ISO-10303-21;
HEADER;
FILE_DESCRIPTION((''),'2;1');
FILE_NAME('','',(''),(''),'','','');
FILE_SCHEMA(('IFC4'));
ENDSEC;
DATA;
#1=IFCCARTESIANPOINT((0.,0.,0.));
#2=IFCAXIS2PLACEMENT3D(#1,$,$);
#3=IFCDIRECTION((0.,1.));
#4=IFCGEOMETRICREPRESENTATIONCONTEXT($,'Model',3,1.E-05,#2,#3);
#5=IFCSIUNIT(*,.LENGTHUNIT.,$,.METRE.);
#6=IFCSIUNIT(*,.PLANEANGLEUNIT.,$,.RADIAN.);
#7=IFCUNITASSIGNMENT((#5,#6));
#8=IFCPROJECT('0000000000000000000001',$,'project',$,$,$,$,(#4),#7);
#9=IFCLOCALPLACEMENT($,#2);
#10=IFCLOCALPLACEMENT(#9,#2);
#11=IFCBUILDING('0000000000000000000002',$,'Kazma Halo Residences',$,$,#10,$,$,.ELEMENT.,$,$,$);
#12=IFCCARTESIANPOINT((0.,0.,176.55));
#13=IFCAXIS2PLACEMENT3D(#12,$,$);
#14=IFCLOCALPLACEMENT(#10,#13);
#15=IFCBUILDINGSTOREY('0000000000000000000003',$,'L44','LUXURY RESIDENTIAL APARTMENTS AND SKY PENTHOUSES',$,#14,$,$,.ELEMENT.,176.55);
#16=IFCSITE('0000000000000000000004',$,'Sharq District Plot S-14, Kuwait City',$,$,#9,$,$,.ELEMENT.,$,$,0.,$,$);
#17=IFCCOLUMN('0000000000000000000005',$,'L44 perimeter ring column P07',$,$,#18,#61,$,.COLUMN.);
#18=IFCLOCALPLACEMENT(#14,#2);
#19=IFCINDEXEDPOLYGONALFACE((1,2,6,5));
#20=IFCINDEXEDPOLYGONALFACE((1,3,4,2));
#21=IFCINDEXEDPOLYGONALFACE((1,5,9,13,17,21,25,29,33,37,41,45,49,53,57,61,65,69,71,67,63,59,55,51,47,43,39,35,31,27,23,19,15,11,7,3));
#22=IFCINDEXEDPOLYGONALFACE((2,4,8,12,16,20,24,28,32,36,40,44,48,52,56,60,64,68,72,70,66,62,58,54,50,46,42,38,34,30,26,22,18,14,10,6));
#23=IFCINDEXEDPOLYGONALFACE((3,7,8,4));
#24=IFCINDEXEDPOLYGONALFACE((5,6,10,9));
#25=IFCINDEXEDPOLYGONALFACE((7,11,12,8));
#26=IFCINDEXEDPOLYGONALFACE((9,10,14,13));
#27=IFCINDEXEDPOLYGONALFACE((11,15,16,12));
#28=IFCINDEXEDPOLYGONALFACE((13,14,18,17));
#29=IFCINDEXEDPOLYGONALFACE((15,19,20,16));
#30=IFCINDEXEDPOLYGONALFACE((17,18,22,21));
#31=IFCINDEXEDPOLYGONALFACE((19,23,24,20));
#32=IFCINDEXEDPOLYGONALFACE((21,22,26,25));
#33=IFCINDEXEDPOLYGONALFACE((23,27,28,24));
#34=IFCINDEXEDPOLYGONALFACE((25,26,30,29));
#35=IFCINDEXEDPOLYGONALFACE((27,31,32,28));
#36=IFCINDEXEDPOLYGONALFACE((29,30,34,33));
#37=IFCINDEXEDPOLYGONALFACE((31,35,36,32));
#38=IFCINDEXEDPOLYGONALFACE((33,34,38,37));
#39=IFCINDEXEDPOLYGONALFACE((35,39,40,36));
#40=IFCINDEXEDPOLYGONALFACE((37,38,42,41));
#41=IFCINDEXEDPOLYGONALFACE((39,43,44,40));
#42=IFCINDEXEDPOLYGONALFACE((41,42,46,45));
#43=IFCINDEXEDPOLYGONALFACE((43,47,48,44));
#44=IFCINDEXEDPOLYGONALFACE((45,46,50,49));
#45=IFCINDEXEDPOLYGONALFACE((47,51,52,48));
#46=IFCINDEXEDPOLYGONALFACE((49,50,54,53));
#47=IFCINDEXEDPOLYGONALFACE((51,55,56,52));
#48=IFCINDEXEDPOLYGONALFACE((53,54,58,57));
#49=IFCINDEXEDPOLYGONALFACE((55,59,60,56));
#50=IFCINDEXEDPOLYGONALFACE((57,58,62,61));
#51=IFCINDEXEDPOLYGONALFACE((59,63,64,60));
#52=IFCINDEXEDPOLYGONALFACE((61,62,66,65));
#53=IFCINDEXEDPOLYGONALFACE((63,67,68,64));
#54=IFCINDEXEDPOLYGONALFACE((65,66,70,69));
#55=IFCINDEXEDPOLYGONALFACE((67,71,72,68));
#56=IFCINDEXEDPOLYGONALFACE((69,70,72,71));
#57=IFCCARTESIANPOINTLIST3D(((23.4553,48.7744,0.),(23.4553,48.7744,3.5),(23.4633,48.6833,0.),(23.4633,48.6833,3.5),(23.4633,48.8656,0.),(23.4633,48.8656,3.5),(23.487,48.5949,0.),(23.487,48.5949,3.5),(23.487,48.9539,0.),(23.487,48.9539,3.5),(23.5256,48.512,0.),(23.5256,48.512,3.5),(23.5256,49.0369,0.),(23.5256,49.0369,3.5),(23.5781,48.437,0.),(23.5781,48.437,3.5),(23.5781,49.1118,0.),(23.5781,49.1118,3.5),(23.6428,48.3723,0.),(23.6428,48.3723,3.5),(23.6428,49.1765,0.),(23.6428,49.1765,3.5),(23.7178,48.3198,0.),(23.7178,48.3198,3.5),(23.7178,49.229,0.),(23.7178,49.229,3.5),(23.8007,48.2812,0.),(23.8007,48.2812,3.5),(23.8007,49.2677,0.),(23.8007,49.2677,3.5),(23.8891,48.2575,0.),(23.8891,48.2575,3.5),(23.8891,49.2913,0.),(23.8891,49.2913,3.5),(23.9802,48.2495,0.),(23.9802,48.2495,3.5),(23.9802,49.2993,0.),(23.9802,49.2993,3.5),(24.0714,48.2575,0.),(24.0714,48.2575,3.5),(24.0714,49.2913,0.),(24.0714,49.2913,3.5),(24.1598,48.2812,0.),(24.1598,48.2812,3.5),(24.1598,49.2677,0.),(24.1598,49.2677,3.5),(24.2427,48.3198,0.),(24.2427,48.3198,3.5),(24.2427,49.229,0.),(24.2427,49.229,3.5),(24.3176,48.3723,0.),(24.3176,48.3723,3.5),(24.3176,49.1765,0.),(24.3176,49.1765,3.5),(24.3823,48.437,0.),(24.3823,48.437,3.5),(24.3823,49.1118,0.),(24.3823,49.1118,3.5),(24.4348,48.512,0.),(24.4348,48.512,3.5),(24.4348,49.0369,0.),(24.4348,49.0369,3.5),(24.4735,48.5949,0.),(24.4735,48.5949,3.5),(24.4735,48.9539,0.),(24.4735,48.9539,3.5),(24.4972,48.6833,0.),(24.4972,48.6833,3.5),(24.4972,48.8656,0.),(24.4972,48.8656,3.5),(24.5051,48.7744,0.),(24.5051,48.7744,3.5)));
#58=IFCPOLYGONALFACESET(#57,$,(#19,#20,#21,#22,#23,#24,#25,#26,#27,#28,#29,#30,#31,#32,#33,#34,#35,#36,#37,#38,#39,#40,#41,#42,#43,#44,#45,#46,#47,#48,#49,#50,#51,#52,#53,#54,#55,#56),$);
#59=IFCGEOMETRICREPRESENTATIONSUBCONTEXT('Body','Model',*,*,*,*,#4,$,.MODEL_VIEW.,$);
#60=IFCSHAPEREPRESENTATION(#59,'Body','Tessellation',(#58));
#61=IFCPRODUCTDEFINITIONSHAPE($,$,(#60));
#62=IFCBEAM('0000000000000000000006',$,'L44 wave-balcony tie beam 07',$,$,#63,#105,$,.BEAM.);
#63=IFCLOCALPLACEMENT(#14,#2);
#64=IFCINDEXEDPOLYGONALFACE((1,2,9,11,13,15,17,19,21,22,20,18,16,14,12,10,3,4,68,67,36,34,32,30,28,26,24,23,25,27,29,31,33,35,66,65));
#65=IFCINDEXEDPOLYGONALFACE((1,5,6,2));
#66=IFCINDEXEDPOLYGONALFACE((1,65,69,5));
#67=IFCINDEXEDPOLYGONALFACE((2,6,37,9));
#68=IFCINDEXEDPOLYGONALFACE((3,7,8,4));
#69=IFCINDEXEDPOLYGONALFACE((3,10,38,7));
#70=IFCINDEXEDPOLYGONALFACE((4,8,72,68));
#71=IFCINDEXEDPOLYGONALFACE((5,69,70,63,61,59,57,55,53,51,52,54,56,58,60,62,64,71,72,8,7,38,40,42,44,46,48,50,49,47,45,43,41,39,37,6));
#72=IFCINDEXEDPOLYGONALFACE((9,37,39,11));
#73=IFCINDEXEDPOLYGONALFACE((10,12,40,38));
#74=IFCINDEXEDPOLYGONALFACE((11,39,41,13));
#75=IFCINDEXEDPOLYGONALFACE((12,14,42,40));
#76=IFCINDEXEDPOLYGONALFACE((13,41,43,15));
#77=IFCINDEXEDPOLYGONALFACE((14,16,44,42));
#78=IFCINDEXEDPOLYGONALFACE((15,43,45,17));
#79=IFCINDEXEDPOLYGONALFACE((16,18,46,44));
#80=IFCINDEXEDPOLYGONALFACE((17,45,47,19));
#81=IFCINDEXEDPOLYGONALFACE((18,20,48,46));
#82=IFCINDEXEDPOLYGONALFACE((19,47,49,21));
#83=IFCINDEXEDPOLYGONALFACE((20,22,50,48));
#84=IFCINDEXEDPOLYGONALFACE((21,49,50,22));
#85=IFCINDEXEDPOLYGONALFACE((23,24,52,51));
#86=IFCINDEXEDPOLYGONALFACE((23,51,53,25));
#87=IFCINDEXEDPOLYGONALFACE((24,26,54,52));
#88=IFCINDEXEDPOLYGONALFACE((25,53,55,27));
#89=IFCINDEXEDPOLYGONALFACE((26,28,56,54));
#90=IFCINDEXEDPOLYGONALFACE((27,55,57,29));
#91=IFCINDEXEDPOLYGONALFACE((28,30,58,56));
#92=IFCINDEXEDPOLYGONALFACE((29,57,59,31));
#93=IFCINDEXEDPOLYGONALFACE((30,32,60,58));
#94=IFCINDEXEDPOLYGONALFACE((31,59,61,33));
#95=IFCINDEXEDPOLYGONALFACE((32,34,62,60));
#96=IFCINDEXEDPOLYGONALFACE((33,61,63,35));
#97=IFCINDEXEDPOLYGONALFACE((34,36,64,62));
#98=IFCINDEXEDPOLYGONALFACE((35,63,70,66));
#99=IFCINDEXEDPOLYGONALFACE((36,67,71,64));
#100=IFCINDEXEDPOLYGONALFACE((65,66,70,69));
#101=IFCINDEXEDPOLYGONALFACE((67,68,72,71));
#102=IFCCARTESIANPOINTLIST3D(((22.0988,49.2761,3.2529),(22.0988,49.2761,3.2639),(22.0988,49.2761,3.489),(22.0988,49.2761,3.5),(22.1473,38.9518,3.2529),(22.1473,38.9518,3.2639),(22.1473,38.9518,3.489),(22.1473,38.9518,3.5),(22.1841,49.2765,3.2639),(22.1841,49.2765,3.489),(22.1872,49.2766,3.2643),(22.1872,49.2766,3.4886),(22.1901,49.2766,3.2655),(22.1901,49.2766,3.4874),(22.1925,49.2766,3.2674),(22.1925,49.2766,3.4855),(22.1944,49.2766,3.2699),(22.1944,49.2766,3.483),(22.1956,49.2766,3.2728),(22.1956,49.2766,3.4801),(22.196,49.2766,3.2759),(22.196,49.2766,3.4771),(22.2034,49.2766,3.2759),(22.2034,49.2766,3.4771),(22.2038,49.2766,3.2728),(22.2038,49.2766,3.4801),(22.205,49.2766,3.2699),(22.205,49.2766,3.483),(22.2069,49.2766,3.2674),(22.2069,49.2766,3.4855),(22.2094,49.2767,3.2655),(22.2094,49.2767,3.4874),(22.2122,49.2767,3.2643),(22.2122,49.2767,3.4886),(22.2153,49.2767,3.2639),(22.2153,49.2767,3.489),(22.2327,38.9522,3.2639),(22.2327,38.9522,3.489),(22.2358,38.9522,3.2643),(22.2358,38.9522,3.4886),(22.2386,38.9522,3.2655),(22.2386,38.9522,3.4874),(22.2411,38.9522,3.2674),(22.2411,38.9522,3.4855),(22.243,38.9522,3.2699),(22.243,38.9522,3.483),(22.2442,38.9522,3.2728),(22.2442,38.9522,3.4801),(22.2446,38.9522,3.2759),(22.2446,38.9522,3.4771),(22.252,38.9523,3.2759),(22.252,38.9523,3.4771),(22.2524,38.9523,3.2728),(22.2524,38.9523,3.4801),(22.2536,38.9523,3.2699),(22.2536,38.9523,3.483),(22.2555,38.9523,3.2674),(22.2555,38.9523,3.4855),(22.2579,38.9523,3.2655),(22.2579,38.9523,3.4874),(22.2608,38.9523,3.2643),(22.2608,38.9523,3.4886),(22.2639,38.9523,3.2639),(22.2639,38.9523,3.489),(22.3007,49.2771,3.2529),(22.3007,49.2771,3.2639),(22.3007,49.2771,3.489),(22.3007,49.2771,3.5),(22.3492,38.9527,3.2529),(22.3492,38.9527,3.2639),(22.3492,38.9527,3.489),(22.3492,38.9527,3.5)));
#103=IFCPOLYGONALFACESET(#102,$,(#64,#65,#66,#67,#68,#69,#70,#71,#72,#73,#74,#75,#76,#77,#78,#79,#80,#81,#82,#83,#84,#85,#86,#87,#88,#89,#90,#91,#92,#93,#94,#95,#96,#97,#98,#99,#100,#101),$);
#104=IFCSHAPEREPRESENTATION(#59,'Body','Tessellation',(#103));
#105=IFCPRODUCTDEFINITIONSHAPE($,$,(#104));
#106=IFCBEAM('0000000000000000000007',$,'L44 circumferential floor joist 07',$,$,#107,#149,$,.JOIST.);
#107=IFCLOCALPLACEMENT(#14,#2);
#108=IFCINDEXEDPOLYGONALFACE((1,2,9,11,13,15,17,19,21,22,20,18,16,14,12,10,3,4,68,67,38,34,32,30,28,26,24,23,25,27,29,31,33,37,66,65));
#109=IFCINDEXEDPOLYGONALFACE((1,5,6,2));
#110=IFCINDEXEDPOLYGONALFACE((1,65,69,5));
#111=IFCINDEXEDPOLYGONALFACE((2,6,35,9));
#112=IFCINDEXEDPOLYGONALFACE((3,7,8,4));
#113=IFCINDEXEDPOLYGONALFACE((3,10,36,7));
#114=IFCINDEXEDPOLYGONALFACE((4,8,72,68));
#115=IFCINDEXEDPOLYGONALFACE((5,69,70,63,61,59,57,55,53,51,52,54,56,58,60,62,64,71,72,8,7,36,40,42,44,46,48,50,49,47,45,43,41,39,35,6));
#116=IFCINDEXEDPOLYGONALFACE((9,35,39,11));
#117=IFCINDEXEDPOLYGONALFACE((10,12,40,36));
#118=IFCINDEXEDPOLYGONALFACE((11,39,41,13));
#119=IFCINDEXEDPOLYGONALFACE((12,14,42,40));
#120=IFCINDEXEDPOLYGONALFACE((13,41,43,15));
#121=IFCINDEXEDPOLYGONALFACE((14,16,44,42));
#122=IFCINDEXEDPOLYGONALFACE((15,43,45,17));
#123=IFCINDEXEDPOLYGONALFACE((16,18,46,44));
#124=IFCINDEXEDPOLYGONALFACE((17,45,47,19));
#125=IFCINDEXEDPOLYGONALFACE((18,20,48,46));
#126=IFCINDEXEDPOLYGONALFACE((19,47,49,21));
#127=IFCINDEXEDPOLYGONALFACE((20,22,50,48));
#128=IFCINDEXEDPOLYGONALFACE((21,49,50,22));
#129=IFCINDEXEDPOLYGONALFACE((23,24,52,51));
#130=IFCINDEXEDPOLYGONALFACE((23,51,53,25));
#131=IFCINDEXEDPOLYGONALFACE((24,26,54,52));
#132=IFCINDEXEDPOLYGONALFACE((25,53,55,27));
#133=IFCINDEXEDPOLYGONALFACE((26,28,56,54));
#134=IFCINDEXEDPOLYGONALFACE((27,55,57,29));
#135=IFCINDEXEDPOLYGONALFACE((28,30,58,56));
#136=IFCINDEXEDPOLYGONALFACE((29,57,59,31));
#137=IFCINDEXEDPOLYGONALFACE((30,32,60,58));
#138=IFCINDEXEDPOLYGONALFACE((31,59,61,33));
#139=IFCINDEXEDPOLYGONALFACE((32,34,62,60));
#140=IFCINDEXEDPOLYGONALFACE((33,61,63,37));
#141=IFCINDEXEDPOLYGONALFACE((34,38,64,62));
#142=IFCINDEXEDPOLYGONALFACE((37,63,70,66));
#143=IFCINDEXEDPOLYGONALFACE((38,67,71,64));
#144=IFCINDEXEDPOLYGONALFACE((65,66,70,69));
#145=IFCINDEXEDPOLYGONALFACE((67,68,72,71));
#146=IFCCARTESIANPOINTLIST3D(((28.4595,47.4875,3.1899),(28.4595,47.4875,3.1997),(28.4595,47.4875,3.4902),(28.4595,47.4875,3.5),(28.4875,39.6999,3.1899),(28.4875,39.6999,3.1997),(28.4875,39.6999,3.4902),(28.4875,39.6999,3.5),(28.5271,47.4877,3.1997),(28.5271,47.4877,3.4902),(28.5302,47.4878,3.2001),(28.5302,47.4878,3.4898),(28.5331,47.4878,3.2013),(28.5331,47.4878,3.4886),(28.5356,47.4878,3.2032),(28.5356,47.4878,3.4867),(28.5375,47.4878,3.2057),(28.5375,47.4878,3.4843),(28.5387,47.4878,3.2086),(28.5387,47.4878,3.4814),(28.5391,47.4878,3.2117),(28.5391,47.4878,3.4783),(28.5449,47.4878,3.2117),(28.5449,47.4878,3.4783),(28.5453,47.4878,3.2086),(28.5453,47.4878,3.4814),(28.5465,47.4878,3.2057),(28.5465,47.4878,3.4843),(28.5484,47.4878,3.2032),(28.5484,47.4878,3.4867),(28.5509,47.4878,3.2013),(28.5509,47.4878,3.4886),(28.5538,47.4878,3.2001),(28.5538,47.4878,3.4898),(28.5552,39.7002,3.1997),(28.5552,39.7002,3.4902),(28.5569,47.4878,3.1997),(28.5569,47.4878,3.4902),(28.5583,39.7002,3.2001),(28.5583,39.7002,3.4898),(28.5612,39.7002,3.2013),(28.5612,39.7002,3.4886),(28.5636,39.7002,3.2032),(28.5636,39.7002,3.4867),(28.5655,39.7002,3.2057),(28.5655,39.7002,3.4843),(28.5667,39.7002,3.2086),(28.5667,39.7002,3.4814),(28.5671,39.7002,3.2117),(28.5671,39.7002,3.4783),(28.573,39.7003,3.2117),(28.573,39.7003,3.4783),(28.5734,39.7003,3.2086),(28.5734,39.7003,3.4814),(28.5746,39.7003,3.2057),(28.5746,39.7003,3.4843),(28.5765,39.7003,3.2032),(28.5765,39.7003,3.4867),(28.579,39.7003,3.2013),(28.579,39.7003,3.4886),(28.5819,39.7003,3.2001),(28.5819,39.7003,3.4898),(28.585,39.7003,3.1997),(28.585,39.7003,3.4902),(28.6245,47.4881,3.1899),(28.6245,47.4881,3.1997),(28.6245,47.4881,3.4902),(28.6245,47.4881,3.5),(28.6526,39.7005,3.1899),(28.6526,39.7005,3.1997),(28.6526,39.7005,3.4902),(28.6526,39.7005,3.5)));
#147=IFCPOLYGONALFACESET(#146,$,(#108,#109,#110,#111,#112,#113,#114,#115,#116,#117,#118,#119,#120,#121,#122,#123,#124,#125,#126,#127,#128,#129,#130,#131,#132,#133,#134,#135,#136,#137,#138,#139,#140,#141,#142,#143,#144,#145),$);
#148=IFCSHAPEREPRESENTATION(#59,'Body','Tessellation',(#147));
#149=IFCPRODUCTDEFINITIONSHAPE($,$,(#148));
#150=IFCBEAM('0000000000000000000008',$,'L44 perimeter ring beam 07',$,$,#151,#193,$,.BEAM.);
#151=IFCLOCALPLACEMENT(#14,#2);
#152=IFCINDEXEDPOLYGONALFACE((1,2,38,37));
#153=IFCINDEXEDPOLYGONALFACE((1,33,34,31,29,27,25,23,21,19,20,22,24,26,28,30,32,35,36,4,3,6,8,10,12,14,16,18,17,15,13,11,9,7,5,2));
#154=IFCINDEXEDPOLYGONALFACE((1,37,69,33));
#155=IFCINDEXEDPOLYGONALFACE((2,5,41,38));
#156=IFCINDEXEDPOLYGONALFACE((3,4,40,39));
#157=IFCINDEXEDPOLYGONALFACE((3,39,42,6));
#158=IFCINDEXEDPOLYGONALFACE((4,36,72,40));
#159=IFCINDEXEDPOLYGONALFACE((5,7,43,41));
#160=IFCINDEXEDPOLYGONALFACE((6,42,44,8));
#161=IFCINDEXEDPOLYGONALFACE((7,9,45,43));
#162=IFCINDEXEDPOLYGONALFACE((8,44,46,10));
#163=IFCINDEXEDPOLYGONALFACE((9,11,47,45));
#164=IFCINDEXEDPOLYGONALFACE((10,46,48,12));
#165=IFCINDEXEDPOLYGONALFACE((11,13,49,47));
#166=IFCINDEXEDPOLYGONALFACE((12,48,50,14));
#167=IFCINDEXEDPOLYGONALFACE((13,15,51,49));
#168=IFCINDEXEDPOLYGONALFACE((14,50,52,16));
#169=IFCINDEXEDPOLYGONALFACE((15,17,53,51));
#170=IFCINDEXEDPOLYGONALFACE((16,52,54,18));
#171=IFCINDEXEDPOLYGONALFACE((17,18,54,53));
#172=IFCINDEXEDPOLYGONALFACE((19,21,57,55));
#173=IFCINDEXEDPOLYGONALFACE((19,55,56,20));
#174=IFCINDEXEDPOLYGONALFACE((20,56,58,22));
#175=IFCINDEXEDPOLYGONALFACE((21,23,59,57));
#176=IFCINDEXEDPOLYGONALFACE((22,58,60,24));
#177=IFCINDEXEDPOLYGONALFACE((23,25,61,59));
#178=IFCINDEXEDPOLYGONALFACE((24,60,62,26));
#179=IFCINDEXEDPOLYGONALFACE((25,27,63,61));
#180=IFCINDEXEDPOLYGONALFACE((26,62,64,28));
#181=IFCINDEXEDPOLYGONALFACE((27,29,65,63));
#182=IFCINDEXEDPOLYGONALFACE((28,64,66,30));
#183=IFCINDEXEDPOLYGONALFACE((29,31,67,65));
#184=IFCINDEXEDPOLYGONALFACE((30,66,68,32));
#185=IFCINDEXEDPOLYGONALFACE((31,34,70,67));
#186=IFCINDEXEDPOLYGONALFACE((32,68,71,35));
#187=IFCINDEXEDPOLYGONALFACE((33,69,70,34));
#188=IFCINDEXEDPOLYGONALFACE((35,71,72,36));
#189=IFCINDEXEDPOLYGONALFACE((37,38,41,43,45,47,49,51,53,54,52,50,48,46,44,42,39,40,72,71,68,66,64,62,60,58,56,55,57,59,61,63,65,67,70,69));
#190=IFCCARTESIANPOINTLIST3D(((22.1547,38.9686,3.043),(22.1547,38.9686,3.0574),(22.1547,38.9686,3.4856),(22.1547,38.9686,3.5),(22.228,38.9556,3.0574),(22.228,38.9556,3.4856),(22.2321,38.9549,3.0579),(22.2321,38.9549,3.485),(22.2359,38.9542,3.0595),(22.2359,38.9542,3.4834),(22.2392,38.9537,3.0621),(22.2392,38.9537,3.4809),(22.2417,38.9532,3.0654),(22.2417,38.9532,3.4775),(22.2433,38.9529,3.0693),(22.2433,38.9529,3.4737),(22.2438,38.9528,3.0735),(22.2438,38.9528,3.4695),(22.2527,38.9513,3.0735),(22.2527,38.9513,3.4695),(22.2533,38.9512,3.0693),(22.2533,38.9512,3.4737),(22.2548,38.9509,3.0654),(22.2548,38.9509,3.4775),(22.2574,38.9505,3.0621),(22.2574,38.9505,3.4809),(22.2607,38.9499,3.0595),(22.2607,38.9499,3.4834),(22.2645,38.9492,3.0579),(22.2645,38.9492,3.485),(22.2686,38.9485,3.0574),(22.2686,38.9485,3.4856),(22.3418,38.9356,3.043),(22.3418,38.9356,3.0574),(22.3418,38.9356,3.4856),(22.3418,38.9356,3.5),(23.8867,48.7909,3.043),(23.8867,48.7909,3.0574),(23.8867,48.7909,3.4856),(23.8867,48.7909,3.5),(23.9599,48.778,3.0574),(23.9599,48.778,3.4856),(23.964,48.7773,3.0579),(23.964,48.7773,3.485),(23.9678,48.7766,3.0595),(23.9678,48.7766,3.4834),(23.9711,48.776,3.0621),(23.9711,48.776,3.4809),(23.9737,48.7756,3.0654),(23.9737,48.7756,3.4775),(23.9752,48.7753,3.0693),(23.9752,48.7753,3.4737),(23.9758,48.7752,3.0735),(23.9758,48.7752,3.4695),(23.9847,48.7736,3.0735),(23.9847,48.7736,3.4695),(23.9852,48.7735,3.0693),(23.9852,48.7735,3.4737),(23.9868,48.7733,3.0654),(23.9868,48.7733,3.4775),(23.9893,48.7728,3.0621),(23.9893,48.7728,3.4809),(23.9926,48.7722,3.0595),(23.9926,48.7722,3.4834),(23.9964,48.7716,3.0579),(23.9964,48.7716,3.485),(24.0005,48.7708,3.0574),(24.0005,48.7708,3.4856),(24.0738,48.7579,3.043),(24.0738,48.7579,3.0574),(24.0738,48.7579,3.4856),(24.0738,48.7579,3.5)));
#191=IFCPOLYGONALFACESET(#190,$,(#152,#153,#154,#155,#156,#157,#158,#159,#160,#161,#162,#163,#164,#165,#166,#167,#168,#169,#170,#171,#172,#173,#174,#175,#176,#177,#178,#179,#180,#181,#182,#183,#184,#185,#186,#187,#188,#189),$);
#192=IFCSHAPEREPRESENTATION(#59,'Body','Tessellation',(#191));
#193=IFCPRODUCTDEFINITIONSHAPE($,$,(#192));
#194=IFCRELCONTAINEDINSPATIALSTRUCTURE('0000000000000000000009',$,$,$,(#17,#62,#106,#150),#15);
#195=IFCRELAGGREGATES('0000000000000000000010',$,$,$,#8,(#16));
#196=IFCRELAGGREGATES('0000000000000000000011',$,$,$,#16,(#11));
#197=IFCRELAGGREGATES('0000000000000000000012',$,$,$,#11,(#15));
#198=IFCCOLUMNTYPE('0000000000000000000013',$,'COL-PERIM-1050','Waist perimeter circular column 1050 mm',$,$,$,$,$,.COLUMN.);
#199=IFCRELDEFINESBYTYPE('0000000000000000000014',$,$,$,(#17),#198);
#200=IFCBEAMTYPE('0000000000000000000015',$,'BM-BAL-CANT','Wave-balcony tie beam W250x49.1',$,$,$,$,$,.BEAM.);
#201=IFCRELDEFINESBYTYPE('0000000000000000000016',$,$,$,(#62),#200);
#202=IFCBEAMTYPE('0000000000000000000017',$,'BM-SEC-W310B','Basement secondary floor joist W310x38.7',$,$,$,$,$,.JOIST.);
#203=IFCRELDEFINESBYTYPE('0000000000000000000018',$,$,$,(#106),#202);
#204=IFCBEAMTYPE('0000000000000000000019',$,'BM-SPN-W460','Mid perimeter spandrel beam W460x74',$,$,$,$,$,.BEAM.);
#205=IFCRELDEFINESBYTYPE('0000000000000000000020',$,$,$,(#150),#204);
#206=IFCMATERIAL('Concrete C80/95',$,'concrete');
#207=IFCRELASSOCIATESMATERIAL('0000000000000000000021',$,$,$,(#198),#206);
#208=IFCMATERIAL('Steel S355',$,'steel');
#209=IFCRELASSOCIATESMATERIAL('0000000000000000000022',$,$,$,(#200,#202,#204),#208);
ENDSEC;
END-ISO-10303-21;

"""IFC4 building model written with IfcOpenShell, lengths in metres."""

from ifc_helpers import new_model, si_unit, direction, frame, origin, origin_2d, place, context, subcontext, project, spatial, circle, i_section, extrude, material, material_profile, profile_set, type_object, element, save


model = new_model("IFC4")

# Units and contexts
model_context = context("Model", 3, precision=1e-05, world=origin(), true_north=direction((0.0, 1.0)))
body_context = subcontext(model_context, "Body", "Model", "MODEL_VIEW")
ifc_project = project(units=[si_unit("LENGTHUNIT", "METRE"), si_unit("PLANEANGLEUNIT", "RADIAN")], contexts=[model_context])

# Site, building, storey
site_placement = place(None, origin())
site = spatial("IfcSite", under=ifc_project, at=site_placement, Name="Sharq District Plot S-14, Kuwait City", CompositionType="ELEMENT", RefElevation=0.0)
building_placement = place(site_placement, origin())
building = spatial("IfcBuilding", under=site, at=building_placement, Name="Kazma Halo Residences", CompositionType="ELEMENT")
storey_placement = place(building_placement, frame((0.0, 0.0, 176.55)))
storey = spatial("IfcBuildingStorey", under=building, at=storey_placement, Name="L44", Description="LUXURY RESIDENTIAL APARTMENTS AND SKY PENTHOUSES", CompositionType="ELEMENT", Elevation=176.55)

# Column
ifc_material_1 = material(Name="Concrete C80/95", Category="concrete")
ifc_material_profile_1 = material_profile(ifc_material_1, circle(Radius=0.5249, at=origin_2d()), Name="CIRC1050")
ifc_profile_set_1 = profile_set([ifc_material_profile_1], Name="Concrete C80/95")
column_type = type_object("IfcColumnType", Name="COL-PERIM-1050", Description="Waist perimeter circular column 1050 mm", PredefinedType="COLUMN", material=ifc_profile_set_1)
column_placement = place(storey_placement, frame((23.9802, 48.7744, 0.0), z_axis=(0.0, 0.0, 1.0), x_axis=(1.0, 0.0, 0.0)))
element("IfcColumn", 1, at=column_placement, inside=storey, type_object=column_type, Name="L44 perimeter ring column P07", PredefinedType="COLUMN", context=body_context, shape_type="SweptSolid", body=[
    extrude(circle(Radius=0.5249, at=origin_2d()), origin(), (0.0, 0.0, 1.0), 3.5),
])

# Beams
ifc_material_2 = material(Name="Steel S355", Category="steel")
ifc_material_profile_2 = material_profile(ifc_material_2, i_section(OverallWidth=0.2019, OverallDepth=0.2471, WebThickness=0.0073, FlangeThickness=0.011, FilletRadius=0.012, at=origin_2d()), Name="W250x49.1")
ifc_profile_set_2 = profile_set([ifc_material_profile_2], Name="Steel S355")
beam_type_1 = type_object("IfcBeamType", Name="BM-BAL-CANT", Description="Wave-balcony tie beam W250x49.1", PredefinedType="BEAM", material=ifc_profile_set_2)
beam_1_placement = place(storey_placement, frame((22.1997, 49.2766, 3.3765), z_axis=(0.004706, -0.999989, 0.0), x_axis=(0.999989, 0.004706, 0.0)))
element("IfcBeam", 2, at=beam_1_placement, inside=storey, type_object=beam_type_1, Name="L44 wave-balcony tie beam 07", PredefinedType="BEAM", context=body_context, shape_type="SweptSolid", body=[
    extrude(i_section(OverallWidth=0.2019, OverallDepth=0.2471, WebThickness=0.0073, FlangeThickness=0.011, FilletRadius=0.012, at=origin_2d()), origin(), (0.0, 0.0, 1.0), 10.3245),
])
ifc_material_profile_3 = material_profile(ifc_material_2, i_section(OverallWidth=0.165, OverallDepth=0.3101, WebThickness=0.0059, FlangeThickness=0.0098, FilletRadius=0.012, at=origin_2d()), Name="W310x38.7")
ifc_profile_set_3 = profile_set([ifc_material_profile_3], Name="Steel S355")
beam_type_2 = type_object("IfcBeamType", Name="BM-SEC-W310B", Description="Basement secondary floor joist W310x38.7", PredefinedType="JOIST", material=ifc_profile_set_3)
beam_2_placement = place(storey_placement, frame((28.542, 47.4878, 3.345), z_axis=(0.003605, -0.999994, 0.0), x_axis=(0.999994, 0.003605, 0.0)))
element("IfcBeam", 3, at=beam_2_placement, inside=storey, type_object=beam_type_2, Name="L44 circumferential floor joist 07", PredefinedType="JOIST", context=body_context, shape_type="SweptSolid", body=[
    extrude(i_section(OverallWidth=0.165, OverallDepth=0.3101, WebThickness=0.0059, FlangeThickness=0.0098, FilletRadius=0.012, at=origin_2d()), origin(), (0.0, 0.0, 1.0), 7.7876),
])
ifc_material_profile_4 = material_profile(ifc_material_2, i_section(OverallWidth=0.1899, OverallDepth=0.457, WebThickness=0.009, FlangeThickness=0.0144, FilletRadius=0.0161, at=origin_2d()), Name="W460x74")
ifc_profile_set_4 = profile_set([ifc_material_profile_4], Name="Steel S355")
beam_type_3 = type_object("IfcBeamType", Name="BM-SPN-W460", Description="Mid perimeter spandrel beam W460x74", PredefinedType="BEAM", material=ifc_profile_set_4)
beam_3_placement = place(storey_placement, frame((23.9802, 48.7744, 3.2715), z_axis=(-0.173648, -0.984808, 0.0), x_axis=(0.984808, -0.173648, 0.0)))
element("IfcBeam", 4, at=beam_3_placement, inside=storey, type_object=beam_type_3, Name="L44 perimeter ring beam 07", PredefinedType="BEAM", context=body_context, shape_type="SweptSolid", body=[
    extrude(i_section(OverallWidth=0.1899, OverallDepth=0.457, WebThickness=0.009, FlangeThickness=0.0144, FilletRadius=0.0161, at=origin_2d()), origin(), (0.0, 0.0, 1.0), 9.9739),
])

save(model, "model.ifc")
